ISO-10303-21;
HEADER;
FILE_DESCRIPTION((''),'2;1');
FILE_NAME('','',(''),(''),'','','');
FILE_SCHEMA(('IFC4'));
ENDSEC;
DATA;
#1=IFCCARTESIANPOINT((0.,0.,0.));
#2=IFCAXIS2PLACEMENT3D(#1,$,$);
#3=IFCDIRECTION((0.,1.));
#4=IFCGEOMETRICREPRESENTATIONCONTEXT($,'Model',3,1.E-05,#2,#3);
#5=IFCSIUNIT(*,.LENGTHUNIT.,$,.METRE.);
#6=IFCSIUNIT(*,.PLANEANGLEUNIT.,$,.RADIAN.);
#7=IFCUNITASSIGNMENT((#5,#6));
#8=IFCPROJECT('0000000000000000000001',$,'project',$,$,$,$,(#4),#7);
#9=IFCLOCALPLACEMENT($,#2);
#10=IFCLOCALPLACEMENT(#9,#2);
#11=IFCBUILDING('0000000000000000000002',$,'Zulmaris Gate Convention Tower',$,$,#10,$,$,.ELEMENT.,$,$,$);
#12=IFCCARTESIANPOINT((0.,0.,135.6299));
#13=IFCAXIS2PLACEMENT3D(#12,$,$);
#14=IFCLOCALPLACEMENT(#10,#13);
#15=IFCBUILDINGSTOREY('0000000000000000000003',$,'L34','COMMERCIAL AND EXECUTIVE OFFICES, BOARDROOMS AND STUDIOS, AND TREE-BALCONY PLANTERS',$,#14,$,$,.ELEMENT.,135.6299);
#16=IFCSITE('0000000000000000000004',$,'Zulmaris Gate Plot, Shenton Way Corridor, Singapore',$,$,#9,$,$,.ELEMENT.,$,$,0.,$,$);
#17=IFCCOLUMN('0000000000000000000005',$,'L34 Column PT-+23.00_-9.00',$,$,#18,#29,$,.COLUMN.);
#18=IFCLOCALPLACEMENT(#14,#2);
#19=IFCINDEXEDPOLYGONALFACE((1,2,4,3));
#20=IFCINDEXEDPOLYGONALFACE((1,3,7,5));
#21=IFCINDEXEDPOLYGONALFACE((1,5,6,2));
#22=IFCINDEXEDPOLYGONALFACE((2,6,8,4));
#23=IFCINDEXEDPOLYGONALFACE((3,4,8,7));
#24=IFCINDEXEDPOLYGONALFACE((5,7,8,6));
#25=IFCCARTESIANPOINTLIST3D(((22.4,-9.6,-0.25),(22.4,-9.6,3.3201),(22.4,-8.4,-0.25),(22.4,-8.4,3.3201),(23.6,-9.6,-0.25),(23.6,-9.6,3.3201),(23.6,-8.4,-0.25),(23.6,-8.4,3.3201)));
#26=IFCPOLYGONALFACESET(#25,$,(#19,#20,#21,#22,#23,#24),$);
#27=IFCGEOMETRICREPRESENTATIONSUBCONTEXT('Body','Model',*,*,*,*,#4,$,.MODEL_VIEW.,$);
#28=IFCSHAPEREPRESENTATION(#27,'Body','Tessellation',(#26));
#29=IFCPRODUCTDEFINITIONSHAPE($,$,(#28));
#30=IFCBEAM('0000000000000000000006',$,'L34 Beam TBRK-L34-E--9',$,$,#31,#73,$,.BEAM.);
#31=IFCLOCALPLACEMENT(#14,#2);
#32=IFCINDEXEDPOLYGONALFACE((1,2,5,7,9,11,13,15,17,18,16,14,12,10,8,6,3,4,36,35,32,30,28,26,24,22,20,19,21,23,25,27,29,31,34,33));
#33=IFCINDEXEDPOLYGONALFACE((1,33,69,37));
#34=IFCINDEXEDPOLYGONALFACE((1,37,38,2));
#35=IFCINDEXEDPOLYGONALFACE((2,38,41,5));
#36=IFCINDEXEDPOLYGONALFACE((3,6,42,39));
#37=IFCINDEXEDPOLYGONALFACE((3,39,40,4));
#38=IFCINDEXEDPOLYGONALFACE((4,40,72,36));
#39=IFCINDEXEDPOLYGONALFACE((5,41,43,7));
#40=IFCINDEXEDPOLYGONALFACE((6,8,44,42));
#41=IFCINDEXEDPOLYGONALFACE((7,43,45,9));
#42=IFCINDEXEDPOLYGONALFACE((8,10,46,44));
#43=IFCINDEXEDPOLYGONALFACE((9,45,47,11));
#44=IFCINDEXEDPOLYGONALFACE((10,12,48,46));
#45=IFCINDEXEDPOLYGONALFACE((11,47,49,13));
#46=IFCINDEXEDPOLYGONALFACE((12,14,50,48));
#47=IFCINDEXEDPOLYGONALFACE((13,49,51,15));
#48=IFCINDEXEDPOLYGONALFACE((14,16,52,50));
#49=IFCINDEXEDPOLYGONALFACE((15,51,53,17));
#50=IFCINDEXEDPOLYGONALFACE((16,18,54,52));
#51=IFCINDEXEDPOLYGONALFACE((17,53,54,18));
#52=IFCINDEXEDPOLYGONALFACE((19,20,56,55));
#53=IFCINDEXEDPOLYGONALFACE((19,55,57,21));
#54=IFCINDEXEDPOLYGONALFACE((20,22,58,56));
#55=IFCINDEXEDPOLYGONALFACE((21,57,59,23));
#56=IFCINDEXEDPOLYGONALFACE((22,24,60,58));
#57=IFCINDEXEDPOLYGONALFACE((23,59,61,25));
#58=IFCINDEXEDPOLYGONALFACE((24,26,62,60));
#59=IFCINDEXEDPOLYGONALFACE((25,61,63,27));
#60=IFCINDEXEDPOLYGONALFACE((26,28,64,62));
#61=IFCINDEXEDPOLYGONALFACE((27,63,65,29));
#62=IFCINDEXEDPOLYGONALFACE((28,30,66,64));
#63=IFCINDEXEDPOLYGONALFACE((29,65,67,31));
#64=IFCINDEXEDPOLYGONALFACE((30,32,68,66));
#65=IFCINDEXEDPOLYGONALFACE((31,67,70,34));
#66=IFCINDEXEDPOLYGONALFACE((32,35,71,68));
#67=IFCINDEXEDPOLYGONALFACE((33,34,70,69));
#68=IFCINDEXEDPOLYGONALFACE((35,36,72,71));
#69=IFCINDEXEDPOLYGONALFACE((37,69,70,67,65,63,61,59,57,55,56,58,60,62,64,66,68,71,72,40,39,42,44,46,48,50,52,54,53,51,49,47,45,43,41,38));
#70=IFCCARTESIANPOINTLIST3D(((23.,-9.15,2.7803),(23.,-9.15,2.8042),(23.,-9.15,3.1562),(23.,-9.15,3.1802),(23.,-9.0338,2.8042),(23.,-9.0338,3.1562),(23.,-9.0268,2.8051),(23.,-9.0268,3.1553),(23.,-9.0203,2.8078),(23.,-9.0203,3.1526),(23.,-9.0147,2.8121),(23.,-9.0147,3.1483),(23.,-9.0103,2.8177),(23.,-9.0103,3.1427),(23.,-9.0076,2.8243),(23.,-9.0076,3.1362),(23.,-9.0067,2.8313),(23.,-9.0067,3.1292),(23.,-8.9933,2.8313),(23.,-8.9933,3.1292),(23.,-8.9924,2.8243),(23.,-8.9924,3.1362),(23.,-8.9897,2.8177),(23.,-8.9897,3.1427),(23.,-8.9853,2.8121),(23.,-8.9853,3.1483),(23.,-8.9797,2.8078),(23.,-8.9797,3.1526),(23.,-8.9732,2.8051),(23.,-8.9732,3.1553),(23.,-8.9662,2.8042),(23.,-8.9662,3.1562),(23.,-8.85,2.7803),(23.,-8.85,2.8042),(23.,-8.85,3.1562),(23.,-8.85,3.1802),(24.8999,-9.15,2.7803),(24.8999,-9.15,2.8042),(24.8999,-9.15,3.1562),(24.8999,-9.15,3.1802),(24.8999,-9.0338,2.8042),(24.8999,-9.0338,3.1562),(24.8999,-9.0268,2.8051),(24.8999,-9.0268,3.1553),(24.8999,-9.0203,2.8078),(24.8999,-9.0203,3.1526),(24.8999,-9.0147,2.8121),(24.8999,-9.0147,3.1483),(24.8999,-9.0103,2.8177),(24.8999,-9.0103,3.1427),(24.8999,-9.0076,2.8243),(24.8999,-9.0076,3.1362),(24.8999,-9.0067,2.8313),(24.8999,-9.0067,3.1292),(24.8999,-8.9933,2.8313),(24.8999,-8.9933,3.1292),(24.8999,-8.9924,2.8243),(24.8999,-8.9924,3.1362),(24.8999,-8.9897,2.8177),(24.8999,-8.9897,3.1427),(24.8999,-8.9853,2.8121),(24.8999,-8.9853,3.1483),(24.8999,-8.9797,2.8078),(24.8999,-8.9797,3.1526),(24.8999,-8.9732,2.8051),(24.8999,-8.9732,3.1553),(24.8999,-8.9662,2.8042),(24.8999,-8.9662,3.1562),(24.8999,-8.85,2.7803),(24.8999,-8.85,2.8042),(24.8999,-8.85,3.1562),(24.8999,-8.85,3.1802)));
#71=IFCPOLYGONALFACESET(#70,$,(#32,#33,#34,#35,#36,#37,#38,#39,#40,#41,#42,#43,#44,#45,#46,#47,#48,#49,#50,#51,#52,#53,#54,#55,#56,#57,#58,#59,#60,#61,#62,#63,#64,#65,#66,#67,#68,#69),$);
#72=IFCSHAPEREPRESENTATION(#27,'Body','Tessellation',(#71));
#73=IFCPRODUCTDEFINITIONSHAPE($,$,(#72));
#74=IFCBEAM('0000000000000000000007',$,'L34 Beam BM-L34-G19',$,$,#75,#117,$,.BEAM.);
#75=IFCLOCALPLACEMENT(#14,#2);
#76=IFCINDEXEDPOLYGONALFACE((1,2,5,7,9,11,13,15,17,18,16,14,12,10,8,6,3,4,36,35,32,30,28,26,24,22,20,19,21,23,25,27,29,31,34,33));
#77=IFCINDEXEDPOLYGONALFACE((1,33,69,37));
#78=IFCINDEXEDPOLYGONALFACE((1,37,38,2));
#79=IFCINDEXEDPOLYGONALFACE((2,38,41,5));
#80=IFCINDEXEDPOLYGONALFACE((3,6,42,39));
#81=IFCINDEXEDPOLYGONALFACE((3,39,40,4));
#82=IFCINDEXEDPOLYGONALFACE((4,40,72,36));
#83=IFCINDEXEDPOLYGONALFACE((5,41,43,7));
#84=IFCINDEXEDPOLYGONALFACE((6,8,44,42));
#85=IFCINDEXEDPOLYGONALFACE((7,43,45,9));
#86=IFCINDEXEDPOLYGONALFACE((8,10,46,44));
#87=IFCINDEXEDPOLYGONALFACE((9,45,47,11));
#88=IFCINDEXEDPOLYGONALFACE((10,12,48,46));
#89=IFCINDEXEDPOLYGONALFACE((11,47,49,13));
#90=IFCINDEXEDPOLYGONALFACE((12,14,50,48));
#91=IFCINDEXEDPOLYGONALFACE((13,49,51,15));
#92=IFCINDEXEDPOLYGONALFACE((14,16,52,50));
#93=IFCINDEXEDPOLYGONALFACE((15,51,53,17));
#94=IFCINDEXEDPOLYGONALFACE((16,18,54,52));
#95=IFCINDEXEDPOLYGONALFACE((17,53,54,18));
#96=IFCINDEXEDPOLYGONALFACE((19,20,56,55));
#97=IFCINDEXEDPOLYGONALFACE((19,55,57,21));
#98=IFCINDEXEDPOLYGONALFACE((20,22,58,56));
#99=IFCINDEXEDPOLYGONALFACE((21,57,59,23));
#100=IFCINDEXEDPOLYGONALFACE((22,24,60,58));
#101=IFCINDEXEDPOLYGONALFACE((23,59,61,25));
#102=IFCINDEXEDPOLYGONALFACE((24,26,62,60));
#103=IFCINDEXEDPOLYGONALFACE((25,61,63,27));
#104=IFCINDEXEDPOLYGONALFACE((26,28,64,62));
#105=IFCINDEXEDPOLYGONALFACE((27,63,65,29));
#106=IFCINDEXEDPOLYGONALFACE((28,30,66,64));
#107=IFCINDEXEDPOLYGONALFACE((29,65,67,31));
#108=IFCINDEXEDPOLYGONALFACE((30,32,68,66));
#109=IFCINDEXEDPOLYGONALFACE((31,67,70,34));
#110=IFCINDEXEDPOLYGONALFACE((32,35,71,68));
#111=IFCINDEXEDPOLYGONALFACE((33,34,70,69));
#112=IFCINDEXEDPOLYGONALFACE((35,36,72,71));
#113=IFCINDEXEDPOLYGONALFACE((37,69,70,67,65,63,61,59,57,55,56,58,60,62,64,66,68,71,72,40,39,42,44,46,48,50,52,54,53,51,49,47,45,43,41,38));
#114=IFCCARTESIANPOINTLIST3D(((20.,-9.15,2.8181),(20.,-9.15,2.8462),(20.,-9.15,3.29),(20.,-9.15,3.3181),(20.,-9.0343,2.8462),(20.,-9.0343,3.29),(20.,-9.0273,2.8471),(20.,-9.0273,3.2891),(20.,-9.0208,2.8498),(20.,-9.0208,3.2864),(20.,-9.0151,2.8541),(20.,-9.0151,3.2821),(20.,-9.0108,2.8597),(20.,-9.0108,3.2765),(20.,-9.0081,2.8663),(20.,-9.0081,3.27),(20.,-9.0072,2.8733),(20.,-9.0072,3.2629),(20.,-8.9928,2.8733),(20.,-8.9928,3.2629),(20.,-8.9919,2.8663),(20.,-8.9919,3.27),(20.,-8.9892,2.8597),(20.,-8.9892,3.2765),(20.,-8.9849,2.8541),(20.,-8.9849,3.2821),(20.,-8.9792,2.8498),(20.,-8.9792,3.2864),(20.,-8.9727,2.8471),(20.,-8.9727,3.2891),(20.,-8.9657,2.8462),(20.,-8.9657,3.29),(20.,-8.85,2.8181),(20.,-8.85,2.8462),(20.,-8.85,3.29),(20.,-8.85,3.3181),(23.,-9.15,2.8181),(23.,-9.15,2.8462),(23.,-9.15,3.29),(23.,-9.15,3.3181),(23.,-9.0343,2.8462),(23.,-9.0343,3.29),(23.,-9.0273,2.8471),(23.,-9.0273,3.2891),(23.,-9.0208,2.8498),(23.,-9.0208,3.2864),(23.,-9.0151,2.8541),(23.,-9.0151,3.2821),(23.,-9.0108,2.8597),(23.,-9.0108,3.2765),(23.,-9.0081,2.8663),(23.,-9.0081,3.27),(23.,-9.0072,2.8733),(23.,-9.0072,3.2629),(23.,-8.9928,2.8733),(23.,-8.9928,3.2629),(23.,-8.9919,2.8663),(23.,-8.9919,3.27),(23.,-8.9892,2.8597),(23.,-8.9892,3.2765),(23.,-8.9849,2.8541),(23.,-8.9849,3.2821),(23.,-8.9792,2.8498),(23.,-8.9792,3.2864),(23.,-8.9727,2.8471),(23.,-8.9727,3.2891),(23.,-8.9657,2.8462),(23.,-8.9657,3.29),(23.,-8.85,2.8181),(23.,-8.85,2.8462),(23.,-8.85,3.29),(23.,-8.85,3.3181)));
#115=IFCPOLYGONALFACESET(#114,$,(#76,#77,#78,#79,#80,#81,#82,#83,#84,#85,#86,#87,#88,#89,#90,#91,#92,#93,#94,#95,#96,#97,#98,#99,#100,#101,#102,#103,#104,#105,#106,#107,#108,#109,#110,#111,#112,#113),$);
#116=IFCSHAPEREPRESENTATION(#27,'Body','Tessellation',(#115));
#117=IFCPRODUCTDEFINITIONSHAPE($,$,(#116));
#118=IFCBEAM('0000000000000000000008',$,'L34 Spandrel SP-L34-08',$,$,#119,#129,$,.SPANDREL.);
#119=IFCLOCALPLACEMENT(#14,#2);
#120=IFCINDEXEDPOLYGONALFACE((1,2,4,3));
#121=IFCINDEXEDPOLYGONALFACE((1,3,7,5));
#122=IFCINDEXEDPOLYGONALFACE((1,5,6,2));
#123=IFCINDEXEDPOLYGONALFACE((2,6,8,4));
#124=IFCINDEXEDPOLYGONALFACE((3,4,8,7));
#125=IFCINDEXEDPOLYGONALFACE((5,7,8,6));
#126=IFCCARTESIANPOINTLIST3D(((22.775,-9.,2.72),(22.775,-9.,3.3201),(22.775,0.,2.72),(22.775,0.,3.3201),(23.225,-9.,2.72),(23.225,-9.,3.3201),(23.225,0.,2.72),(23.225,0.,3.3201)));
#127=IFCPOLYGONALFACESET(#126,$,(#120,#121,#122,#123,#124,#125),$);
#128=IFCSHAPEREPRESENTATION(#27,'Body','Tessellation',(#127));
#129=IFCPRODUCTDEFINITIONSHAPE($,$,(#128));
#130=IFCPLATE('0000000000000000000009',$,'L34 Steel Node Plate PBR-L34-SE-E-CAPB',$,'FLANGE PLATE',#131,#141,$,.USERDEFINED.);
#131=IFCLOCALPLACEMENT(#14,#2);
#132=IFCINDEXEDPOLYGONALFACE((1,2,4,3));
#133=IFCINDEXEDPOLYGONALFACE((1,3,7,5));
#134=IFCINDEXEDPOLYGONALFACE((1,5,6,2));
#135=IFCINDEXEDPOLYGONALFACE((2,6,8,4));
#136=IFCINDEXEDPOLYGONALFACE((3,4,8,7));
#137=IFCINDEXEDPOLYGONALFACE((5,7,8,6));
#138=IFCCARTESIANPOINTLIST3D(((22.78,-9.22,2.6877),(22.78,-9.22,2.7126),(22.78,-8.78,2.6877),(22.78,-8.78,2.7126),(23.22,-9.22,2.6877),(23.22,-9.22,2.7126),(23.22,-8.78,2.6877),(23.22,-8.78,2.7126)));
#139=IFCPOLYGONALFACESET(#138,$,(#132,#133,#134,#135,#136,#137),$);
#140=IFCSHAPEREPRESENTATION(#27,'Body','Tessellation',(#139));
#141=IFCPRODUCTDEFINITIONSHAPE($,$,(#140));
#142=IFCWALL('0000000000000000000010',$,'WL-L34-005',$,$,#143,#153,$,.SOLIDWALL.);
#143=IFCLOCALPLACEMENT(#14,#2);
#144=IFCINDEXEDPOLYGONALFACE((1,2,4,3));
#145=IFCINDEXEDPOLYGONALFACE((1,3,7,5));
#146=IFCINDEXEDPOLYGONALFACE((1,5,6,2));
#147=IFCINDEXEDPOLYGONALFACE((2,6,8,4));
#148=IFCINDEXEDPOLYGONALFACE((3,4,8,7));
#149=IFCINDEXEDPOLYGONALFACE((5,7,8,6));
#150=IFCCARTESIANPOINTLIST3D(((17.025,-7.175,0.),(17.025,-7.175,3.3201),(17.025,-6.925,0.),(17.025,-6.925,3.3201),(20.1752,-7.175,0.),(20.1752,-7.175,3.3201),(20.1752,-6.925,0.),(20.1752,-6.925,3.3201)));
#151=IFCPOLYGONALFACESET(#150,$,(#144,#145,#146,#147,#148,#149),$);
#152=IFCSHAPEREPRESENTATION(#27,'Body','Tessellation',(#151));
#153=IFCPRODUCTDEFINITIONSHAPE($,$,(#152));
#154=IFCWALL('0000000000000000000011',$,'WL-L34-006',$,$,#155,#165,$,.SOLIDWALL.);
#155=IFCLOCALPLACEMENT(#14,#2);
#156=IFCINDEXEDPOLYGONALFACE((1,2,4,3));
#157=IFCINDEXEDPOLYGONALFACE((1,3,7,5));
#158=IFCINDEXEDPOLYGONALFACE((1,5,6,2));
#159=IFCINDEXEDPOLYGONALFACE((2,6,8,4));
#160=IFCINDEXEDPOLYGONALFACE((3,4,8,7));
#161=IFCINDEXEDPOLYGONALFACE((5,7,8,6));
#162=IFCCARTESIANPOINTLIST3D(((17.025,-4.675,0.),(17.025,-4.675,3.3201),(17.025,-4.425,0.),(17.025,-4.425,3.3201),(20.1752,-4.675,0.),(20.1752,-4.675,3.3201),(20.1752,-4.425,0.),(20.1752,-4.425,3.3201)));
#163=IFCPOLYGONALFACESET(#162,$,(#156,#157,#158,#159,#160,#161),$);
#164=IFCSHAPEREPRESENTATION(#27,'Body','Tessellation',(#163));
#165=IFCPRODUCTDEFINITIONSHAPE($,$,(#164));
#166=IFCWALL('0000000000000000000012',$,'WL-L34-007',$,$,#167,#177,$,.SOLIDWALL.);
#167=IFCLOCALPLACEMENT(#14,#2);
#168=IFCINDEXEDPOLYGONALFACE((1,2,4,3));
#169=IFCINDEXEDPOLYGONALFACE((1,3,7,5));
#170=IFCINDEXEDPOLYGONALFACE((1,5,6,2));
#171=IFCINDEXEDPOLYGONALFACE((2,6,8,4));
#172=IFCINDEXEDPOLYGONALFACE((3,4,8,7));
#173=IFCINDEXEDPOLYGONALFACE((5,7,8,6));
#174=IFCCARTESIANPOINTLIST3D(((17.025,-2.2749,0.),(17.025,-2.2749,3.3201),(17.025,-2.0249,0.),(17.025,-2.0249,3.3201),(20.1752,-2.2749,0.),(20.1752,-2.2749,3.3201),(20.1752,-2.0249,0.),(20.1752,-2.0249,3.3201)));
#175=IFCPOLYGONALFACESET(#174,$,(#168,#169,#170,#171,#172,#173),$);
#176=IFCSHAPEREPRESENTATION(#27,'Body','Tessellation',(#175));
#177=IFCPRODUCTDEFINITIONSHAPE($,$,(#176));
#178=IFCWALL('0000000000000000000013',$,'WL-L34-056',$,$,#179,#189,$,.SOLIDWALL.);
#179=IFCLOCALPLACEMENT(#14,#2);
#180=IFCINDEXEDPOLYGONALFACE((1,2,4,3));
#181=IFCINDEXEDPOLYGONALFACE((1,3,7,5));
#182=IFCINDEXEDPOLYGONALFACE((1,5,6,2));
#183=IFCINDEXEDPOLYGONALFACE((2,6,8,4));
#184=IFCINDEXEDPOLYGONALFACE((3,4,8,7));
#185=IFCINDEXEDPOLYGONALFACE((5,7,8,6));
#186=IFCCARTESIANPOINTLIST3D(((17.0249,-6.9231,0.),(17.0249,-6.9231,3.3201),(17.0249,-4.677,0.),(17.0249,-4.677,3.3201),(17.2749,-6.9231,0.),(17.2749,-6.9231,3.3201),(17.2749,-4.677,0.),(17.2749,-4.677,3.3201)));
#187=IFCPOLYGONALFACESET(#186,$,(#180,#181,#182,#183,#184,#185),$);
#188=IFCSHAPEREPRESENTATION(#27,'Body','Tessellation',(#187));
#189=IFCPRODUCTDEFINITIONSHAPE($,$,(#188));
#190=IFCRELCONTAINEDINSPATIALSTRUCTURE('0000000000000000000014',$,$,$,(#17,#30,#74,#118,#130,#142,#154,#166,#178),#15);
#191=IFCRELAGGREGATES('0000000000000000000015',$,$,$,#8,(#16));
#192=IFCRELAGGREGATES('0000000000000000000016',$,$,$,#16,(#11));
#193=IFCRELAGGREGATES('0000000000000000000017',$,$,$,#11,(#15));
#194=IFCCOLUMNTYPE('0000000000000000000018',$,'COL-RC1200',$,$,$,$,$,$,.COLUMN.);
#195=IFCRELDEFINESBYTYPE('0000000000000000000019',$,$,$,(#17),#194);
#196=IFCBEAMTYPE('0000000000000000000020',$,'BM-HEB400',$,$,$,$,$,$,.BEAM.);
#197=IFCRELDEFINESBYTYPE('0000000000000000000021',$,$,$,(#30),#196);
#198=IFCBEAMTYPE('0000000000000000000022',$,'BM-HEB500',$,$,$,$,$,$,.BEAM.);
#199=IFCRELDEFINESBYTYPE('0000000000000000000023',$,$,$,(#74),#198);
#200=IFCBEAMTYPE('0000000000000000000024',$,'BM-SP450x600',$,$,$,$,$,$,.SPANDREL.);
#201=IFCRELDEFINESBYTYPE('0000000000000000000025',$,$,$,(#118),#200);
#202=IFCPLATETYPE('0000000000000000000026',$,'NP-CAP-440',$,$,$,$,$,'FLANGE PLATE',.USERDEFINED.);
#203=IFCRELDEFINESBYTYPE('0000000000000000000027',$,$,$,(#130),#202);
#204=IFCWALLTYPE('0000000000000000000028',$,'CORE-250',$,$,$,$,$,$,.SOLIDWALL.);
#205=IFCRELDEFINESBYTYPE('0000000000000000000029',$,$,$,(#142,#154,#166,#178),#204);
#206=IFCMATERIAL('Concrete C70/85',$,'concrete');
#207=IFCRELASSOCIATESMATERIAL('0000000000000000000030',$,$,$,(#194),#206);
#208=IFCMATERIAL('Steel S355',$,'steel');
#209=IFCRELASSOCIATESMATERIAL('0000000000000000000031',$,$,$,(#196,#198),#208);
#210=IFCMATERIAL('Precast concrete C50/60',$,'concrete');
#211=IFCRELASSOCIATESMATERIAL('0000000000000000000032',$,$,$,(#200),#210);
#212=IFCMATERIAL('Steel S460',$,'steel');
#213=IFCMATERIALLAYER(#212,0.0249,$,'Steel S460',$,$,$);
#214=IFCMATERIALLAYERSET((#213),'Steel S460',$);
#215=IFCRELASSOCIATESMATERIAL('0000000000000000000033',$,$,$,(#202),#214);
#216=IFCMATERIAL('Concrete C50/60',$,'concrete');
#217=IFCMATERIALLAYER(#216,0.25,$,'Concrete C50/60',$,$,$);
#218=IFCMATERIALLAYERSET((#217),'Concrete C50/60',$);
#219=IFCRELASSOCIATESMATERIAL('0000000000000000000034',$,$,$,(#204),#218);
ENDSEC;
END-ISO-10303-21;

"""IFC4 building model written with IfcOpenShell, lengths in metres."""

from ifc_helpers import new_model, si_unit, direction, frame, frame_2d, origin, origin_2d, place, context, subcontext, project, spatial, rectangle, i_section, extrude, material, layer, layer_set, material_profile, profile_set, type_object, element, save


model = new_model("IFC4")

# Units and contexts
model_context = context("Model", 3, precision=1e-05, world=origin(), true_north=direction((0.0, 1.0)))
body_context = subcontext(model_context, "Body", "Model", "MODEL_VIEW")
ifc_project = project(units=[si_unit("LENGTHUNIT", "METRE"), si_unit("PLANEANGLEUNIT", "RADIAN")], contexts=[model_context])

# Site, building, storey
site_placement = place(None, origin())
site = spatial("IfcSite", under=ifc_project, at=site_placement, Name="Zulmaris Gate Plot, Shenton Way Corridor, Singapore", CompositionType="ELEMENT", RefElevation=0.0)
building_placement = place(site_placement, origin())
building = spatial("IfcBuilding", under=site, at=building_placement, Name="Zulmaris Gate Convention Tower", CompositionType="ELEMENT")
storey_placement = place(building_placement, frame((0.0, 0.0, 135.6299)))
storey = spatial("IfcBuildingStorey", under=building, at=storey_placement, Name="L34", Description="COMMERCIAL AND EXECUTIVE OFFICES, BOARDROOMS AND STUDIOS, AND TREE-BALCONY PLANTERS", CompositionType="ELEMENT", Elevation=135.6299)

# Column
ifc_material_1 = material(Name="Concrete C70/85", Category="concrete")
ifc_material_profile_1 = material_profile(ifc_material_1, rectangle(XDim=1.2, YDim=1.2, at=origin_2d()), Name="RC COL 1200x1200")
ifc_profile_set_1 = profile_set([ifc_material_profile_1], Name="Concrete C70/85")
column_type = type_object("IfcColumnType", Name="COL-RC1200", PredefinedType="COLUMN", material=ifc_profile_set_1)
column_placement = place(storey_placement, frame((23.0, -9.0, -0.25), z_axis=(0.0, 0.0, 1.0), x_axis=(1.0, 0.0, 0.0)))
element("IfcColumn", 1, at=column_placement, inside=storey, type_object=column_type, Name="L34 Column PT-+23.00_-9.00", PredefinedType="COLUMN", context=body_context, shape_type="SweptSolid", body=[
    extrude(rectangle(XDim=1.2, YDim=1.2, at=origin_2d()), origin(), (0.0, 0.0, 1.0), 3.5701),
])

# Beams
ifc_material_2 = material(Name="Steel S355", Category="steel")
ifc_material_profile_2 = material_profile(ifc_material_2, i_section(OverallWidth=0.3, OverallDepth=0.3999, WebThickness=0.0134, FlangeThickness=0.0239, FilletRadius=0.0271, at=origin_2d()), Name="HEB 400")
ifc_profile_set_2 = profile_set([ifc_material_profile_2], Name="Steel S355")
beam_type_1 = type_object("IfcBeamType", Name="BM-HEB400", PredefinedType="BEAM", material=ifc_profile_set_2)
beam_1_placement = place(storey_placement, frame((23.0, -9.0, 2.9802), z_axis=(1.0, 0.0, 0.0), x_axis=(0.0, 1.0, 0.0)))
element("IfcBeam", 2, at=beam_1_placement, inside=storey, type_object=beam_type_1, Name="L34 Beam TBRK-L34-E--9", PredefinedType="BEAM", context=body_context, shape_type="SweptSolid", body=[
    extrude(i_section(OverallWidth=0.3, OverallDepth=0.3999, WebThickness=0.0134, FlangeThickness=0.0239, FilletRadius=0.0271, at=origin_2d()), origin(), (0.0, 0.0, 1.0), 1.8999),
])
ifc_material_profile_3 = material_profile(ifc_material_2, i_section(OverallWidth=0.3, OverallDepth=0.5, WebThickness=0.0144, FlangeThickness=0.0281, FilletRadius=0.0271, at=origin_2d()), Name="HEB 500")
ifc_profile_set_3 = profile_set([ifc_material_profile_3], Name="Steel S355")
beam_type_2 = type_object("IfcBeamType", Name="BM-HEB500", PredefinedType="BEAM", material=ifc_profile_set_3)
beam_2_placement = place(storey_placement, frame((20.0, -9.0, 3.0681), z_axis=(1.0, 0.0, 0.0), x_axis=(0.0, 1.0, 0.0)))
element("IfcBeam", 3, at=beam_2_placement, inside=storey, type_object=beam_type_2, Name="L34 Beam BM-L34-G19", PredefinedType="BEAM", context=body_context, shape_type="SweptSolid", body=[
    extrude(i_section(OverallWidth=0.3, OverallDepth=0.5, WebThickness=0.0144, FlangeThickness=0.0281, FilletRadius=0.0271, at=origin_2d()), origin(), (0.0, 0.0, 1.0), 3.0),
])
ifc_material_3 = material(Name="Precast concrete C50/60", Category="concrete")
ifc_material_profile_4 = material_profile(ifc_material_3, rectangle(XDim=0.45, YDim=0.6001, at=origin_2d()), Name="RC SPANDREL 450x600")
ifc_profile_set_4 = profile_set([ifc_material_profile_4], Name="Precast concrete C50/60")
beam_type_3 = type_object("IfcBeamType", Name="BM-SP450x600", PredefinedType="SPANDREL", material=ifc_profile_set_4)
beam_3_placement = place(storey_placement, frame((23.0, -9.0, 3.02), z_axis=(0.0, 1.0, 0.0), x_axis=(-1.0, 0.0, 0.0)))
element("IfcBeam", 4, at=beam_3_placement, inside=storey, type_object=beam_type_3, Name="L34 Spandrel SP-L34-08", PredefinedType="SPANDREL", context=body_context, shape_type="SweptSolid", body=[
    extrude(rectangle(XDim=0.45, YDim=0.6001, at=origin_2d()), origin(), (0.0, 0.0, 1.0), 9.0),
])

# Plate
ifc_material_4 = material(Name="Steel S460", Category="steel")
ifc_layer_1 = layer(ifc_material_4, 0.0249, Name="Steel S460")
ifc_layer_set_1 = layer_set([ifc_layer_1], Name="Steel S460")
plate_type = type_object("IfcPlateType", Name="NP-CAP-440", ElementType="FLANGE PLATE", PredefinedType="USERDEFINED", material=ifc_layer_set_1)
plate_placement = place(storey_placement, frame((23.0, -9.0, 2.6877), z_axis=(0.0, 0.0, 1.0), x_axis=(1.0, 0.0, 0.0)))
element("IfcPlate", 5, at=plate_placement, inside=storey, type_object=plate_type, Name="L34 Steel Node Plate PBR-L34-SE-E-CAPB", ObjectType="FLANGE PLATE", PredefinedType="USERDEFINED", context=body_context, shape_type="SweptSolid", body=[
    extrude(rectangle(XDim=0.4399, YDim=0.4399, at=origin_2d()), origin(), (0.0, 0.0, 1.0), 0.0249),
])

# Walls
ifc_material_5 = material(Name="Concrete C50/60", Category="concrete")
ifc_layer_2 = layer(ifc_material_5, 0.25, Name="Concrete C50/60")
ifc_layer_set_2 = layer_set([ifc_layer_2], Name="Concrete C50/60")
wall_type_1 = type_object("IfcWallType", Name="CORE-250", PredefinedType="SOLIDWALL", material=ifc_layer_set_2)
for number, where, z_axis, x_axis, name in (
    (6, (17.0249, -7.05, 0.0), (0.0, 0.0, 1.0), (1.0, 0.0, 0.0), "WL-L34-005"),
    (7, (17.0249, -4.55, 0.0), (0.0, 0.0, 1.0), (1.0, 0.0, 0.0), "WL-L34-006"),
    (8, (17.0249, -2.1499, 0.0), (0.0, 0.0, 1.0), (1.0, 0.0, 0.0), "WL-L34-007"),
):
    element("IfcWall", number, at=place(storey_placement, frame(where, z_axis=z_axis, x_axis=x_axis)), inside=storey, type_object=wall_type_1, Name=name, PredefinedType="SOLIDWALL", context=body_context, shape_type="SweptSolid", body=[
        extrude(rectangle(XDim=3.1501, YDim=0.25, at=frame_2d((1.5752, 0.0))), origin(), (0.0, 0.0, 1.0), 3.3201),
    ])
wall_1_placement = place(storey_placement, frame((17.1499, -6.9231, 0.0), z_axis=(0.0, 0.0, 1.0), x_axis=(0.0, 1.0, 0.0)))
element("IfcWall", 9, at=wall_1_placement, inside=storey, type_object=wall_type_1, Name="WL-L34-056", PredefinedType="SOLIDWALL", context=body_context, shape_type="SweptSolid", body=[
    extrude(rectangle(XDim=2.2461, YDim=0.25, at=frame_2d((1.123, 0.0))), origin(), (0.0, 0.0, 1.0), 3.3201),
])

save(model, "model.ifc")
